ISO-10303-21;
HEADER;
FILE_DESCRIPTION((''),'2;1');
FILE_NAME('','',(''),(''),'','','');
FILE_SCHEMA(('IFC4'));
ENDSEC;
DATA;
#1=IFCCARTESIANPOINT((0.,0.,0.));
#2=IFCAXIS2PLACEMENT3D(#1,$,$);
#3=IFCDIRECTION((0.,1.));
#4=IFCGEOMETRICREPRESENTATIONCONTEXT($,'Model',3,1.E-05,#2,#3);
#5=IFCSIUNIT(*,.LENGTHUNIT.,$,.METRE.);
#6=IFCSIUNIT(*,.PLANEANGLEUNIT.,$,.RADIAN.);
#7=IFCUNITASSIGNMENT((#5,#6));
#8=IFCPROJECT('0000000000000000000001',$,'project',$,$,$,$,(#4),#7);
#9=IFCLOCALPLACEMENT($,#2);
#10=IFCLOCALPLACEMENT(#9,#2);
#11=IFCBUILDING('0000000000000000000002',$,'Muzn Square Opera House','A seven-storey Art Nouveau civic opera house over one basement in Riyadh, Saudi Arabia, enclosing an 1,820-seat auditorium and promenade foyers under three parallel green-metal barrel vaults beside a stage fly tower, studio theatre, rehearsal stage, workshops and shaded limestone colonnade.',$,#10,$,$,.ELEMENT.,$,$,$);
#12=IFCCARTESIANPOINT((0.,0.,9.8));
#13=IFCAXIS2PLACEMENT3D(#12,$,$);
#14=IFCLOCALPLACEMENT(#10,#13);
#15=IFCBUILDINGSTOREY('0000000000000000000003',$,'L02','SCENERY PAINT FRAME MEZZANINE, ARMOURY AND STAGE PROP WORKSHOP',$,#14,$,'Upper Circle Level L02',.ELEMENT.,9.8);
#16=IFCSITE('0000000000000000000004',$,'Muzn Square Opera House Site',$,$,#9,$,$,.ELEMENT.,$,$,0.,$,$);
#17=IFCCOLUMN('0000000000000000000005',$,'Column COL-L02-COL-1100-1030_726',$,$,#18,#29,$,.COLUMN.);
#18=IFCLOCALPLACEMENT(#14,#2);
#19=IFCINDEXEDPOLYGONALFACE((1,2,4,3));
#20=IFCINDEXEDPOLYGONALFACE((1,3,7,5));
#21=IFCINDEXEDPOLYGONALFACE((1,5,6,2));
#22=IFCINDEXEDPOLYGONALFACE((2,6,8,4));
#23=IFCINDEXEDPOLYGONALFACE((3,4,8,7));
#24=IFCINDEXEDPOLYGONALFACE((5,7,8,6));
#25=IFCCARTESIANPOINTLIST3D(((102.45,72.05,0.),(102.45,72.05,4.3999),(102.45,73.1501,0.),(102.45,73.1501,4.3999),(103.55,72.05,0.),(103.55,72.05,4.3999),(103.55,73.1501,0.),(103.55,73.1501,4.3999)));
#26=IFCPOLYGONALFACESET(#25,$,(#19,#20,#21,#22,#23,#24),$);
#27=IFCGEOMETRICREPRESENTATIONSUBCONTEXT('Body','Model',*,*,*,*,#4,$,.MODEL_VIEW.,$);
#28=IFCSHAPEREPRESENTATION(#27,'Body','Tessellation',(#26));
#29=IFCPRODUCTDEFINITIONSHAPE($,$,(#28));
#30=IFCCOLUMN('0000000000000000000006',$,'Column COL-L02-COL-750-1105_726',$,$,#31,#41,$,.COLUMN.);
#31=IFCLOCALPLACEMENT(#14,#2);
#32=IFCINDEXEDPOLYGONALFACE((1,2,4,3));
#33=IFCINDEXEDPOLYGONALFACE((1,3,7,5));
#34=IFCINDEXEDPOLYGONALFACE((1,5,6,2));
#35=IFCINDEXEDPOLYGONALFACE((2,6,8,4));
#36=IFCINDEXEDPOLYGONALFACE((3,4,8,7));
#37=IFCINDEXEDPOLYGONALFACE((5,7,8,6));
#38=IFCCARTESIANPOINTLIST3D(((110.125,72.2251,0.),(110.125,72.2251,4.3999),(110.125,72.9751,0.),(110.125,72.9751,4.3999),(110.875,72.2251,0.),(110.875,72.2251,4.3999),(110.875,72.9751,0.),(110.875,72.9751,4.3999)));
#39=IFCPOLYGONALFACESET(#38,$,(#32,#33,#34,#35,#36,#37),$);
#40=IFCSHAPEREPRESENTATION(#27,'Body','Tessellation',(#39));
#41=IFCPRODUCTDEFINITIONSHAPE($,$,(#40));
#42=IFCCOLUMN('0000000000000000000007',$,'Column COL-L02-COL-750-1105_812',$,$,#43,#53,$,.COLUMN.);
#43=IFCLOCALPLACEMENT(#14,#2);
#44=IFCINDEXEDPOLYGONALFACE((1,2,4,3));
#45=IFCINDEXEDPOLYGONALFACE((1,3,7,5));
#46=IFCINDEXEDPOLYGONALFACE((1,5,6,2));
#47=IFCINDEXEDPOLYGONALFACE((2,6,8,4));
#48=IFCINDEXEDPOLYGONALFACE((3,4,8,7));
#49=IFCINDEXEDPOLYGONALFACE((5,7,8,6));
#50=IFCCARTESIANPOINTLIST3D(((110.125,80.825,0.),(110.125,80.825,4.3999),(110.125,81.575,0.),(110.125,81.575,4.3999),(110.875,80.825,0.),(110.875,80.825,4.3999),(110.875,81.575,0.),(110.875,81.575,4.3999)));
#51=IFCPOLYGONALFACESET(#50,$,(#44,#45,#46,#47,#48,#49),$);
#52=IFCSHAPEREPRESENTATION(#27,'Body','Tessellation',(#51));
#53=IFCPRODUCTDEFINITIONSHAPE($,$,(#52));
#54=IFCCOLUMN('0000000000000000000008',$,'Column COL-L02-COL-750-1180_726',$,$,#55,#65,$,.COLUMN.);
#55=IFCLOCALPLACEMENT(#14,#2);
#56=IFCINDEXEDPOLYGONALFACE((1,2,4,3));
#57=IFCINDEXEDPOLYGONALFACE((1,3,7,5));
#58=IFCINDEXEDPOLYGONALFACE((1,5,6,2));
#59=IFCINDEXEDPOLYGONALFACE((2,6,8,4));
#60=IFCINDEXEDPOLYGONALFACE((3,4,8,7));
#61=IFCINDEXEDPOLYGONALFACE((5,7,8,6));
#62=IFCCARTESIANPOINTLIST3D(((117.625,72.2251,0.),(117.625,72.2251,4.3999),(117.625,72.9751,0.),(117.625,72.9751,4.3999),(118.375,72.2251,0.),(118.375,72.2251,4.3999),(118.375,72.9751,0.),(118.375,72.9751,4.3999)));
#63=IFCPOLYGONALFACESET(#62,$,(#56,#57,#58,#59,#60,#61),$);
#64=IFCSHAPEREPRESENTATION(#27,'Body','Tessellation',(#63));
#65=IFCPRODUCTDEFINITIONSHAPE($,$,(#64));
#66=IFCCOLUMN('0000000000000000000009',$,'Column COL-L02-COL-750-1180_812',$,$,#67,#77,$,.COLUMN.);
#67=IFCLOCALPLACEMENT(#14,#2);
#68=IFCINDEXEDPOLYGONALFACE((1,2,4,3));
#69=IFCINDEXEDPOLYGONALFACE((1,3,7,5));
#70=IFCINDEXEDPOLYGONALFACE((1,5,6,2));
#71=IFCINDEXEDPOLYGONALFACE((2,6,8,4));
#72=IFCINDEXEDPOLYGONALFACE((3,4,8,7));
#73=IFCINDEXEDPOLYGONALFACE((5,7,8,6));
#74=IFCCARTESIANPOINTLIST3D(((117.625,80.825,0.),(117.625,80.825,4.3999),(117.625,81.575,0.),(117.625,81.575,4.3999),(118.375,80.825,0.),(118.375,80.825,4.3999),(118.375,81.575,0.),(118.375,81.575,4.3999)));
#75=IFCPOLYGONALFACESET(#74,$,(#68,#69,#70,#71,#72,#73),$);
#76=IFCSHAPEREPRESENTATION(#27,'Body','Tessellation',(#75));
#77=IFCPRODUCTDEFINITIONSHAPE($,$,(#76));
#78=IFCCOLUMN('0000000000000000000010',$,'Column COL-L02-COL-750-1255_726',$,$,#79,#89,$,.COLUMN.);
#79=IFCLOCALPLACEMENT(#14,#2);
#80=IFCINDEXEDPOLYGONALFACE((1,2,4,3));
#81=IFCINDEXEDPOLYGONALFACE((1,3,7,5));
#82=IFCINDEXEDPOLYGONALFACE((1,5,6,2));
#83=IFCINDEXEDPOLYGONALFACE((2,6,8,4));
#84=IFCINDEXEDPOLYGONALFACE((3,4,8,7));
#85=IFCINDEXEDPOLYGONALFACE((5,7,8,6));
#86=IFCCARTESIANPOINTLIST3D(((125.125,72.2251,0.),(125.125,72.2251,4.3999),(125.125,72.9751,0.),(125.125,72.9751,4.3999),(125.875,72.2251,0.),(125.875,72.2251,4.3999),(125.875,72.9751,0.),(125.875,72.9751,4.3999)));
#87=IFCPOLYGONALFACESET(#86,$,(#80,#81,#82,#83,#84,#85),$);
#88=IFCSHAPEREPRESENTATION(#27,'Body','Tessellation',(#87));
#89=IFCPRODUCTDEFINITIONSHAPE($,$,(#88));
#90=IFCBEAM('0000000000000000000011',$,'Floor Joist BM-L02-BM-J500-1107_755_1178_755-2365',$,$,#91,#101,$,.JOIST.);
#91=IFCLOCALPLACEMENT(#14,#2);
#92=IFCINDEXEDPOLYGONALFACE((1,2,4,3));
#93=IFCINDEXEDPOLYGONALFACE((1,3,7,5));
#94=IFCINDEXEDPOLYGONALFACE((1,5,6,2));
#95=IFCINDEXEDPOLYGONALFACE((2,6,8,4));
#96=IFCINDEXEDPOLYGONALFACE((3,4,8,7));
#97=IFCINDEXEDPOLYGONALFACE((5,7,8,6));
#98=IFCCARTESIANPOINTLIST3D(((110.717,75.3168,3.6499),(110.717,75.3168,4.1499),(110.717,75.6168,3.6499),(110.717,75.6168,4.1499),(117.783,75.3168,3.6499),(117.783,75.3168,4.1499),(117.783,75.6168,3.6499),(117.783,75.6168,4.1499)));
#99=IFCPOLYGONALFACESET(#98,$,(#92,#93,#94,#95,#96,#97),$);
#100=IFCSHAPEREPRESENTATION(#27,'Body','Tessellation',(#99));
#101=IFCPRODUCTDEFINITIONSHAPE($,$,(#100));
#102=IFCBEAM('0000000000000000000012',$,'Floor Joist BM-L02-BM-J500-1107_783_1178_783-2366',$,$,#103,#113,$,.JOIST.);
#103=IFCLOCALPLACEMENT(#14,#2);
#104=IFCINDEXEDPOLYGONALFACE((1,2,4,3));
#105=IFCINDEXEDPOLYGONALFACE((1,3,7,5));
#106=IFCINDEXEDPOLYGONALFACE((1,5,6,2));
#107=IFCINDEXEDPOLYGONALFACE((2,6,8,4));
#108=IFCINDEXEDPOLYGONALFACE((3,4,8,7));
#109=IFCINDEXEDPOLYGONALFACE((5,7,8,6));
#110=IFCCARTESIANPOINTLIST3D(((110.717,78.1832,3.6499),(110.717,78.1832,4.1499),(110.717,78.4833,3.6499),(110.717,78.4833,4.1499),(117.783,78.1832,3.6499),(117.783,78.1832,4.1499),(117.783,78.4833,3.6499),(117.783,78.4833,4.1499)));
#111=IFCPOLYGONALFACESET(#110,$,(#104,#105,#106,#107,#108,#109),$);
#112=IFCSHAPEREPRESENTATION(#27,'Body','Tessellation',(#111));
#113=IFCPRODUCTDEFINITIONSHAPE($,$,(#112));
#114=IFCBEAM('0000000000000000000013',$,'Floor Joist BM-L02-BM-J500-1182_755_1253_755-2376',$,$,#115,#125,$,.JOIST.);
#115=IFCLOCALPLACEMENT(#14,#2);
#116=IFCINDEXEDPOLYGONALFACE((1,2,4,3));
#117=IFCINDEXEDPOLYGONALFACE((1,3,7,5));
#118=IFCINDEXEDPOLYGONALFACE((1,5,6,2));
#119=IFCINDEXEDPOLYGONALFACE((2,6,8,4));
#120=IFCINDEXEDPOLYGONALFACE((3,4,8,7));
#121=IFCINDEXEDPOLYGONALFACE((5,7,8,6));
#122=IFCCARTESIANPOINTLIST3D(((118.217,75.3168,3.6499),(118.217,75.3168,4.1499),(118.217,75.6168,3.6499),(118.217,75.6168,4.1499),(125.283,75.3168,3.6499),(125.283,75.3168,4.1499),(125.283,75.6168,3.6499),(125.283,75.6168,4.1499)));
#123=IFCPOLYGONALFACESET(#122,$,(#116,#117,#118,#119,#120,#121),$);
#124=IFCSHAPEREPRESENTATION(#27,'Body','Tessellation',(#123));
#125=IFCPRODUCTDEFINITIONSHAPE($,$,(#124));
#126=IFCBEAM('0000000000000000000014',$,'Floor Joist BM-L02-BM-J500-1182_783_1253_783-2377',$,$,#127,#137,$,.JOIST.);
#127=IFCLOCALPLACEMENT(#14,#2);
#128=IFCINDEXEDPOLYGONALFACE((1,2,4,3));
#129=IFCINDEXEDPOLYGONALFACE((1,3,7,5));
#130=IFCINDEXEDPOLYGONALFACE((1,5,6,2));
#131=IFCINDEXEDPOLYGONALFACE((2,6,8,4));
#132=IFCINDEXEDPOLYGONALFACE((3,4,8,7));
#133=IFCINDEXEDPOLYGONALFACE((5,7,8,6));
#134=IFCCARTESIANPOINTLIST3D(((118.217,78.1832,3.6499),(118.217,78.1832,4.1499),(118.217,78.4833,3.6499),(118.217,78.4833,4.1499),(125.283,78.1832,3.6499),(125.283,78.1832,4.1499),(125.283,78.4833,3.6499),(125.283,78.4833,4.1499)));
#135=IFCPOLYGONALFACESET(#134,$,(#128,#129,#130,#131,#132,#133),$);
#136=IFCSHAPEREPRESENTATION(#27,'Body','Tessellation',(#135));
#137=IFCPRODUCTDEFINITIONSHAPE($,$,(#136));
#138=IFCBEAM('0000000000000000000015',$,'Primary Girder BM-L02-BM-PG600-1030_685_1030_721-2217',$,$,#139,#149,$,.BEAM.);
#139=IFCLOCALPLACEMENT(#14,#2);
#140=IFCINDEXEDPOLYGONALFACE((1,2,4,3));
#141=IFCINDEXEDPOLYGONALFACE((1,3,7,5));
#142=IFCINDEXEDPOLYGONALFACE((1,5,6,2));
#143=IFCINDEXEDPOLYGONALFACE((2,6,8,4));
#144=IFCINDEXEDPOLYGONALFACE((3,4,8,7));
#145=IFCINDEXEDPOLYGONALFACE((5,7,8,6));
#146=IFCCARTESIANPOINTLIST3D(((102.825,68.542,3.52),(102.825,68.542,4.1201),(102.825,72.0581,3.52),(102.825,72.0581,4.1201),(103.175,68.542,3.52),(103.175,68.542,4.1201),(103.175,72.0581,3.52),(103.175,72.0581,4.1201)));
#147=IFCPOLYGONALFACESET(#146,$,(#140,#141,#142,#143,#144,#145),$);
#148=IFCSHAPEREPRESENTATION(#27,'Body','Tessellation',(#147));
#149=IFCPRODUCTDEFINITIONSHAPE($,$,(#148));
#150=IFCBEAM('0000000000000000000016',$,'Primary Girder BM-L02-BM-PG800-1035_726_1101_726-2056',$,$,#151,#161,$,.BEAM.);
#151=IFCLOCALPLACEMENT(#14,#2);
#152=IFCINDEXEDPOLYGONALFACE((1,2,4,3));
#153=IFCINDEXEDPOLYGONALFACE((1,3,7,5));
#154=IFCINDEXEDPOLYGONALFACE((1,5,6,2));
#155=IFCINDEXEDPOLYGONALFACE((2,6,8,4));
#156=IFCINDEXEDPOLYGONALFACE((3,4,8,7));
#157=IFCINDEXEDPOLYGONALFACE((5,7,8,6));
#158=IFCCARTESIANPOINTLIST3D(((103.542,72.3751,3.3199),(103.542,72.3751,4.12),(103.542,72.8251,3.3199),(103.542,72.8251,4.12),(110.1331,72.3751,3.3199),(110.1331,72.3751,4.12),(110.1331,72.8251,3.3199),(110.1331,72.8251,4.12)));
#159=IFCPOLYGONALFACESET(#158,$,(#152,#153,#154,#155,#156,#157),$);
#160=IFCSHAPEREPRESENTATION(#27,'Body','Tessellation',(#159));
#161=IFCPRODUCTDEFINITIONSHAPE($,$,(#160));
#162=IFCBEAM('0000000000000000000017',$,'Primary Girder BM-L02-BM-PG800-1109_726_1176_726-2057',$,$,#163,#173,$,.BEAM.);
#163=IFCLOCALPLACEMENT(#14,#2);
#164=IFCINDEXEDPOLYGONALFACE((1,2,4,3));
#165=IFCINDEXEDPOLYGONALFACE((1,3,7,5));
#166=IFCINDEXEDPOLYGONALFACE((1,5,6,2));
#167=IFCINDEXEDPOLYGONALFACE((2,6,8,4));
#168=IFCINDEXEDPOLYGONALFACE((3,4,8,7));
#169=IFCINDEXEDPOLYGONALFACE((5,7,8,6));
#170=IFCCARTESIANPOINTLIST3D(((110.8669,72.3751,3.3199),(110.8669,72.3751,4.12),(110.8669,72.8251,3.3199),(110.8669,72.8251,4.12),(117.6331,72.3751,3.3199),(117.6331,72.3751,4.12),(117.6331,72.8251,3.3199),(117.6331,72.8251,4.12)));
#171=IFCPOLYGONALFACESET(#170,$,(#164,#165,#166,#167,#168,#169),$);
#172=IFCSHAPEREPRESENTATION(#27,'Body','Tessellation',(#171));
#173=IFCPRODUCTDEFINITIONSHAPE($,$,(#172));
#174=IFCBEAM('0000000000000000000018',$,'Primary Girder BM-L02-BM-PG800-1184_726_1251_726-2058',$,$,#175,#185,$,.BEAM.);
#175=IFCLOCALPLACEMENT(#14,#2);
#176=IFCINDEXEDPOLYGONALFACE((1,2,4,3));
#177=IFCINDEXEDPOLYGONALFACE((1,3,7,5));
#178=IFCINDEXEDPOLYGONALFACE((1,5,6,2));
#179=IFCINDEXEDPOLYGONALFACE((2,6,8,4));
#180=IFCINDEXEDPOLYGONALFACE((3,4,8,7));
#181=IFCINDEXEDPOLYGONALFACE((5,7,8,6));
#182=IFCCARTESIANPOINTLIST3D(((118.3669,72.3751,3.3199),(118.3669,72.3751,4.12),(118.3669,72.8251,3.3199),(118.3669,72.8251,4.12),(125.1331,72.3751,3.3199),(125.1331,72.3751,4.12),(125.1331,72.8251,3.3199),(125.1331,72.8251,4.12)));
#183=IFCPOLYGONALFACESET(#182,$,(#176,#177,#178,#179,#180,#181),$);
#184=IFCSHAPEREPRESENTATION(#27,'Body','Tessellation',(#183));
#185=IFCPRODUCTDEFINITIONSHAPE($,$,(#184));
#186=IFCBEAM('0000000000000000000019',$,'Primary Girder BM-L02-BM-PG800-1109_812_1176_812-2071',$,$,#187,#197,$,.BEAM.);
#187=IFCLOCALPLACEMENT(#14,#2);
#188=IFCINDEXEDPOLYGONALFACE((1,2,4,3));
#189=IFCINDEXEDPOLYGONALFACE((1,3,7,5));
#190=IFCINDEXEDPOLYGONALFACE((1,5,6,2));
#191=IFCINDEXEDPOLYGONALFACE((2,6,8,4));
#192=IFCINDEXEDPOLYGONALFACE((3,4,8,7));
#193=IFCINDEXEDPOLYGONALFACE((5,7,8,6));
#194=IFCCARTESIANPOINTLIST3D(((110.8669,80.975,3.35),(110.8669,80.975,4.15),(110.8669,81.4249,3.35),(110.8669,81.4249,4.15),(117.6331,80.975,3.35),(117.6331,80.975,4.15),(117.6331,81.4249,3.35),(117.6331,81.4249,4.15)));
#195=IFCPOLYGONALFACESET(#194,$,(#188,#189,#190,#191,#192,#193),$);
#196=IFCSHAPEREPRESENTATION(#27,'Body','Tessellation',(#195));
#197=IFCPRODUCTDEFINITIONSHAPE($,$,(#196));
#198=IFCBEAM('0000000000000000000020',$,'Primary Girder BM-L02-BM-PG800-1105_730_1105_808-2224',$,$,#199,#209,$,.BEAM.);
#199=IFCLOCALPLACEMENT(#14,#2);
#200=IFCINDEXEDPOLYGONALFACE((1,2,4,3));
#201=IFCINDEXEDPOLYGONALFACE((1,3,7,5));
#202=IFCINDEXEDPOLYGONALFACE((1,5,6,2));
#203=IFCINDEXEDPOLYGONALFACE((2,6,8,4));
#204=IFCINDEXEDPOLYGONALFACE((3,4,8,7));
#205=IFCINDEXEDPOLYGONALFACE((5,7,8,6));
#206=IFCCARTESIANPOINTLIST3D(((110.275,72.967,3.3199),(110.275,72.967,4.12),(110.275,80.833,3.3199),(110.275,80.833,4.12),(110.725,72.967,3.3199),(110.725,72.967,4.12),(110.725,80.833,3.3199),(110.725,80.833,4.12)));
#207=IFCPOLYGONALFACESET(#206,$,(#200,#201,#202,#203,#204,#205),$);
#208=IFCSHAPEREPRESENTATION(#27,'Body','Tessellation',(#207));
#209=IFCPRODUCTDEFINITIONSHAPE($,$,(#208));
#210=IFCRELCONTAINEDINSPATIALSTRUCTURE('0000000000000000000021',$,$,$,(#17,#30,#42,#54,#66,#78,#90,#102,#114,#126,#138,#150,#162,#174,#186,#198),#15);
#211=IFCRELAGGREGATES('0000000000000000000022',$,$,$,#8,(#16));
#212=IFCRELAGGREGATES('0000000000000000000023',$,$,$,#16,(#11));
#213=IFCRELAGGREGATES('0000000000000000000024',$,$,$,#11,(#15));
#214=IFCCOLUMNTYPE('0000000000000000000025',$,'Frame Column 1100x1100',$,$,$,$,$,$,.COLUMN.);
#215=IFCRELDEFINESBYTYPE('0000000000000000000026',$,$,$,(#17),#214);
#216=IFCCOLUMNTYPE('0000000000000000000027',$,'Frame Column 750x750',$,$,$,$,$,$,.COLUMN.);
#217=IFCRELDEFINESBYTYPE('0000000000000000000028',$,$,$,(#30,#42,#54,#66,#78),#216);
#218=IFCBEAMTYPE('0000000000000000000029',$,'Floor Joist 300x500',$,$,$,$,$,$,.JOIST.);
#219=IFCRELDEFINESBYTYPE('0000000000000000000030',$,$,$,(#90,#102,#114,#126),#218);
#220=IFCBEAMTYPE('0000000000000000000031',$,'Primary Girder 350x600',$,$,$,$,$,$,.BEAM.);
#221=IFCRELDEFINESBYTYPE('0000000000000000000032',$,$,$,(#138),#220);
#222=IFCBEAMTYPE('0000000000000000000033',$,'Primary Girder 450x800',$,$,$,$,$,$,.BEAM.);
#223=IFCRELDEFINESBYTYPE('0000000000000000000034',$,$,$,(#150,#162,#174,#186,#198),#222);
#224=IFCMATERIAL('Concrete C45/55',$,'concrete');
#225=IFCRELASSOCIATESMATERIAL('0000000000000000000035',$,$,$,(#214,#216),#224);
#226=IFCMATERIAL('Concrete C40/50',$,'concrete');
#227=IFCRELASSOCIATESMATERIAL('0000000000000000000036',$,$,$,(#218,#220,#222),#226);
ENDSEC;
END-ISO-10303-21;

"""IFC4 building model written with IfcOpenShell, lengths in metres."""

from ifc_helpers import new_model, si_unit, direction, frame, origin, origin_2d, place, context, subcontext, project, spatial, rectangle, extrude, material, material_profile, profile_set, type_object, element, save


model = new_model("IFC4")

# Units and contexts
model_context = context("Model", 3, precision=1e-05, world=origin(), true_north=direction((0.0, 1.0)))
body_context = subcontext(model_context, "Body", "Model", "MODEL_VIEW")
ifc_project = project(units=[si_unit("LENGTHUNIT", "METRE"), si_unit("PLANEANGLEUNIT", "RADIAN")], contexts=[model_context])

# Site, building, storey
site_placement = place(None, origin())
site = spatial("IfcSite", under=ifc_project, at=site_placement, Name="Muzn Square Opera House Site", CompositionType="ELEMENT", RefElevation=0.0)
building_placement = place(site_placement, origin())
building = spatial("IfcBuilding", under=site, at=building_placement, Name="Muzn Square Opera House", Description="A seven-storey Art Nouveau civic opera house over one basement in Riyadh, Saudi Arabia, enclosing an 1,820-seat auditorium and promenade foyers under three parallel green-metal barrel vaults beside a stage fly tower, studio theatre, rehearsal stage, workshops and shaded limestone colonnade.", CompositionType="ELEMENT")
storey_placement = place(building_placement, frame((0.0, 0.0, 9.8)))
storey = spatial("IfcBuildingStorey", under=building, at=storey_placement, Name="L02", Description="SCENERY PAINT FRAME MEZZANINE, ARMOURY AND STAGE PROP WORKSHOP", LongName="Upper Circle Level L02", CompositionType="ELEMENT", Elevation=9.8)

# Columns
ifc_material_1 = material(Name="Concrete C45/55", Category="concrete")
ifc_material_profile_1 = material_profile(ifc_material_1, rectangle(XDim=1.1001, YDim=1.1001, at=origin_2d()), Name="RC 1100x1100", Category="concrete")
ifc_profile_set_1 = profile_set([ifc_material_profile_1], Name="Concrete C45/55")
column_type_1 = type_object("IfcColumnType", Name="Frame Column 1100x1100", PredefinedType="COLUMN", material=ifc_profile_set_1)
column_placement = place(storey_placement, frame((103.0, 72.6001, 0.0), z_axis=(0.0, 0.0, 1.0), x_axis=(1.0, 0.0, 0.0)))
element("IfcColumn", 1, at=column_placement, inside=storey, type_object=column_type_1, Name="Column COL-L02-COL-1100-1030_726", PredefinedType="COLUMN", context=body_context, shape_type="SweptSolid", body=[
    extrude(rectangle(XDim=1.1001, YDim=1.1001, at=origin_2d()), origin(), (0.0, 0.0, 1.0), 4.3999),
])
ifc_material_profile_2 = material_profile(ifc_material_1, rectangle(XDim=0.75, YDim=0.75, at=origin_2d()), Name="RC 750x750", Category="concrete")
ifc_profile_set_2 = profile_set([ifc_material_profile_2], Name="Concrete C45/55")
column_type_2 = type_object("IfcColumnType", Name="Frame Column 750x750", PredefinedType="COLUMN", material=ifc_profile_set_2)
for number, where, z_axis, x_axis, name in (
    (2, (110.5, 72.6001, 0.0), (0.0, 0.0, 1.0), (1.0, 0.0, 0.0), "Column COL-L02-COL-750-1105_726"),
    (3, (110.5, 81.2, 0.0), (0.0, 0.0, 1.0), (1.0, 0.0, 0.0), "Column COL-L02-COL-750-1105_812"),
    (4, (118.0, 72.6001, 0.0), (0.0, 0.0, 1.0), (1.0, 0.0, 0.0), "Column COL-L02-COL-750-1180_726"),
    (5, (118.0, 81.2, 0.0), (0.0, 0.0, 1.0), (1.0, 0.0, 0.0), "Column COL-L02-COL-750-1180_812"),
    (6, (125.5, 72.6001, 0.0), (0.0, 0.0, 1.0), (1.0, 0.0, 0.0), "Column COL-L02-COL-750-1255_726"),
):
    element("IfcColumn", number, at=place(storey_placement, frame(where, z_axis=z_axis, x_axis=x_axis)), inside=storey, type_object=column_type_2, Name=name, PredefinedType="COLUMN", context=body_context, shape_type="SweptSolid", body=[
        extrude(rectangle(XDim=0.75, YDim=0.75, at=origin_2d()), origin(), (0.0, 0.0, 1.0), 4.3999),
    ])

# Beams
ifc_material_2 = material(Name="Concrete C40/50", Category="concrete")
ifc_material_profile_3 = material_profile(ifc_material_2, rectangle(XDim=0.3, YDim=0.5, at=origin_2d()), Name="RCJ 300x500", Category="concrete")
ifc_profile_set_3 = profile_set([ifc_material_profile_3], Name="Concrete C40/50")
beam_type_1 = type_object("IfcBeamType", Name="Floor Joist 300x500", PredefinedType="JOIST", material=ifc_profile_set_3)
for number, where, z_axis, x_axis, name in (
    (7, (110.717, 75.4668, 3.8999), (1.0, 0.0, 0.0), (0.0, 1.0, 0.0), "Floor Joist BM-L02-BM-J500-1107_755_1178_755-2365"),
    (8, (110.717, 78.3333, 3.8999), (1.0, 0.0, 0.0), (0.0, 1.0, 0.0), "Floor Joist BM-L02-BM-J500-1107_783_1178_783-2366"),
    (9, (118.217, 75.4668, 3.8999), (1.0, 0.0, 0.0), (0.0, 1.0, 0.0), "Floor Joist BM-L02-BM-J500-1182_755_1253_755-2376"),
    (10, (118.217, 78.3333, 3.8999), (1.0, 0.0, 0.0), (0.0, 1.0, 0.0), "Floor Joist BM-L02-BM-J500-1182_783_1253_783-2377"),
):
    element("IfcBeam", number, at=place(storey_placement, frame(where, z_axis=z_axis, x_axis=x_axis)), inside=storey, type_object=beam_type_1, Name=name, PredefinedType="JOIST", context=body_context, shape_type="SweptSolid", body=[
        extrude(rectangle(XDim=0.3, YDim=0.5, at=origin_2d()), origin(), (0.0, 0.0, 1.0), 7.0659),
    ])
ifc_material_profile_4 = material_profile(ifc_material_2, rectangle(XDim=0.3501, YDim=0.6001, at=origin_2d()), Name="RCB 350x600", Category="concrete")
ifc_profile_set_4 = profile_set([ifc_material_profile_4], Name="Concrete C40/50")
beam_type_2 = type_object("IfcBeamType", Name="Primary Girder 350x600", PredefinedType="BEAM", material=ifc_profile_set_4)
beam_1_placement = place(storey_placement, frame((103.0, 68.542, 3.8201), z_axis=(0.0, 1.0, 0.0), x_axis=(-1.0, 0.0, 0.0)))
element("IfcBeam", 11, at=beam_1_placement, inside=storey, type_object=beam_type_2, Name="Primary Girder BM-L02-BM-PG600-1030_685_1030_721-2217", PredefinedType="BEAM", context=body_context, shape_type="SweptSolid", body=[
    extrude(rectangle(XDim=0.3501, YDim=0.6001, at=origin_2d()), origin(), (0.0, 0.0, 1.0), 3.5161),
])
ifc_material_profile_5 = material_profile(ifc_material_2, rectangle(XDim=0.45, YDim=0.8, at=origin_2d()), Name="RCB 450x800", Category="concrete")
ifc_profile_set_5 = profile_set([ifc_material_profile_5], Name="Concrete C40/50")
beam_type_3 = type_object("IfcBeamType", Name="Primary Girder 450x800", PredefinedType="BEAM", material=ifc_profile_set_5)
beam_2_placement = place(storey_placement, frame((103.542, 72.6001, 3.72), z_axis=(1.0, 0.0, 0.0), x_axis=(0.0, 1.0, 0.0)))
element("IfcBeam", 12, at=beam_2_placement, inside=storey, type_object=beam_type_3, Name="Primary Girder BM-L02-BM-PG800-1035_726_1101_726-2056", PredefinedType="BEAM", context=body_context, shape_type="SweptSolid", body=[
    extrude(rectangle(XDim=0.45, YDim=0.8, at=origin_2d()), origin(), (0.0, 0.0, 1.0), 6.5911),
])
for number, where, z_axis, x_axis, name in (
    (13, (110.8669, 72.6001, 3.72), (1.0, 0.0, 0.0), (0.0, 1.0, 0.0), "Primary Girder BM-L02-BM-PG800-1109_726_1176_726-2057"),
    (14, (118.3669, 72.6001, 3.72), (1.0, 0.0, 0.0), (0.0, 1.0, 0.0), "Primary Girder BM-L02-BM-PG800-1184_726_1251_726-2058"),
    (15, (110.8669, 81.2, 3.75), (1.0, 0.0, 0.0), (0.0, 1.0, 0.0), "Primary Girder BM-L02-BM-PG800-1109_812_1176_812-2071"),
):
    element("IfcBeam", number, at=place(storey_placement, frame(where, z_axis=z_axis, x_axis=x_axis)), inside=storey, type_object=beam_type_3, Name=name, PredefinedType="BEAM", context=body_context, shape_type="SweptSolid", body=[
        extrude(rectangle(XDim=0.45, YDim=0.8, at=origin_2d()), origin(), (0.0, 0.0, 1.0), 6.7661),
    ])
for number, where, z_axis, x_axis, name in (
    (16, (110.5, 72.967, 3.72), (0.0, 1.0, 0.0), (-1.0, 0.0, 0.0), "Primary Girder BM-L02-BM-PG800-1105_730_1105_808-2224"),
):
    element("IfcBeam", number, at=place(storey_placement, frame(where, z_axis=z_axis, x_axis=x_axis)), inside=storey, type_object=beam_type_3, Name=name, PredefinedType="BEAM", context=body_context, shape_type="SweptSolid", body=[
        extrude(rectangle(XDim=0.45, YDim=0.8, at=origin_2d()), origin(), (0.0, 0.0, 1.0), 7.866),
    ])

save(model, "model.ifc")
